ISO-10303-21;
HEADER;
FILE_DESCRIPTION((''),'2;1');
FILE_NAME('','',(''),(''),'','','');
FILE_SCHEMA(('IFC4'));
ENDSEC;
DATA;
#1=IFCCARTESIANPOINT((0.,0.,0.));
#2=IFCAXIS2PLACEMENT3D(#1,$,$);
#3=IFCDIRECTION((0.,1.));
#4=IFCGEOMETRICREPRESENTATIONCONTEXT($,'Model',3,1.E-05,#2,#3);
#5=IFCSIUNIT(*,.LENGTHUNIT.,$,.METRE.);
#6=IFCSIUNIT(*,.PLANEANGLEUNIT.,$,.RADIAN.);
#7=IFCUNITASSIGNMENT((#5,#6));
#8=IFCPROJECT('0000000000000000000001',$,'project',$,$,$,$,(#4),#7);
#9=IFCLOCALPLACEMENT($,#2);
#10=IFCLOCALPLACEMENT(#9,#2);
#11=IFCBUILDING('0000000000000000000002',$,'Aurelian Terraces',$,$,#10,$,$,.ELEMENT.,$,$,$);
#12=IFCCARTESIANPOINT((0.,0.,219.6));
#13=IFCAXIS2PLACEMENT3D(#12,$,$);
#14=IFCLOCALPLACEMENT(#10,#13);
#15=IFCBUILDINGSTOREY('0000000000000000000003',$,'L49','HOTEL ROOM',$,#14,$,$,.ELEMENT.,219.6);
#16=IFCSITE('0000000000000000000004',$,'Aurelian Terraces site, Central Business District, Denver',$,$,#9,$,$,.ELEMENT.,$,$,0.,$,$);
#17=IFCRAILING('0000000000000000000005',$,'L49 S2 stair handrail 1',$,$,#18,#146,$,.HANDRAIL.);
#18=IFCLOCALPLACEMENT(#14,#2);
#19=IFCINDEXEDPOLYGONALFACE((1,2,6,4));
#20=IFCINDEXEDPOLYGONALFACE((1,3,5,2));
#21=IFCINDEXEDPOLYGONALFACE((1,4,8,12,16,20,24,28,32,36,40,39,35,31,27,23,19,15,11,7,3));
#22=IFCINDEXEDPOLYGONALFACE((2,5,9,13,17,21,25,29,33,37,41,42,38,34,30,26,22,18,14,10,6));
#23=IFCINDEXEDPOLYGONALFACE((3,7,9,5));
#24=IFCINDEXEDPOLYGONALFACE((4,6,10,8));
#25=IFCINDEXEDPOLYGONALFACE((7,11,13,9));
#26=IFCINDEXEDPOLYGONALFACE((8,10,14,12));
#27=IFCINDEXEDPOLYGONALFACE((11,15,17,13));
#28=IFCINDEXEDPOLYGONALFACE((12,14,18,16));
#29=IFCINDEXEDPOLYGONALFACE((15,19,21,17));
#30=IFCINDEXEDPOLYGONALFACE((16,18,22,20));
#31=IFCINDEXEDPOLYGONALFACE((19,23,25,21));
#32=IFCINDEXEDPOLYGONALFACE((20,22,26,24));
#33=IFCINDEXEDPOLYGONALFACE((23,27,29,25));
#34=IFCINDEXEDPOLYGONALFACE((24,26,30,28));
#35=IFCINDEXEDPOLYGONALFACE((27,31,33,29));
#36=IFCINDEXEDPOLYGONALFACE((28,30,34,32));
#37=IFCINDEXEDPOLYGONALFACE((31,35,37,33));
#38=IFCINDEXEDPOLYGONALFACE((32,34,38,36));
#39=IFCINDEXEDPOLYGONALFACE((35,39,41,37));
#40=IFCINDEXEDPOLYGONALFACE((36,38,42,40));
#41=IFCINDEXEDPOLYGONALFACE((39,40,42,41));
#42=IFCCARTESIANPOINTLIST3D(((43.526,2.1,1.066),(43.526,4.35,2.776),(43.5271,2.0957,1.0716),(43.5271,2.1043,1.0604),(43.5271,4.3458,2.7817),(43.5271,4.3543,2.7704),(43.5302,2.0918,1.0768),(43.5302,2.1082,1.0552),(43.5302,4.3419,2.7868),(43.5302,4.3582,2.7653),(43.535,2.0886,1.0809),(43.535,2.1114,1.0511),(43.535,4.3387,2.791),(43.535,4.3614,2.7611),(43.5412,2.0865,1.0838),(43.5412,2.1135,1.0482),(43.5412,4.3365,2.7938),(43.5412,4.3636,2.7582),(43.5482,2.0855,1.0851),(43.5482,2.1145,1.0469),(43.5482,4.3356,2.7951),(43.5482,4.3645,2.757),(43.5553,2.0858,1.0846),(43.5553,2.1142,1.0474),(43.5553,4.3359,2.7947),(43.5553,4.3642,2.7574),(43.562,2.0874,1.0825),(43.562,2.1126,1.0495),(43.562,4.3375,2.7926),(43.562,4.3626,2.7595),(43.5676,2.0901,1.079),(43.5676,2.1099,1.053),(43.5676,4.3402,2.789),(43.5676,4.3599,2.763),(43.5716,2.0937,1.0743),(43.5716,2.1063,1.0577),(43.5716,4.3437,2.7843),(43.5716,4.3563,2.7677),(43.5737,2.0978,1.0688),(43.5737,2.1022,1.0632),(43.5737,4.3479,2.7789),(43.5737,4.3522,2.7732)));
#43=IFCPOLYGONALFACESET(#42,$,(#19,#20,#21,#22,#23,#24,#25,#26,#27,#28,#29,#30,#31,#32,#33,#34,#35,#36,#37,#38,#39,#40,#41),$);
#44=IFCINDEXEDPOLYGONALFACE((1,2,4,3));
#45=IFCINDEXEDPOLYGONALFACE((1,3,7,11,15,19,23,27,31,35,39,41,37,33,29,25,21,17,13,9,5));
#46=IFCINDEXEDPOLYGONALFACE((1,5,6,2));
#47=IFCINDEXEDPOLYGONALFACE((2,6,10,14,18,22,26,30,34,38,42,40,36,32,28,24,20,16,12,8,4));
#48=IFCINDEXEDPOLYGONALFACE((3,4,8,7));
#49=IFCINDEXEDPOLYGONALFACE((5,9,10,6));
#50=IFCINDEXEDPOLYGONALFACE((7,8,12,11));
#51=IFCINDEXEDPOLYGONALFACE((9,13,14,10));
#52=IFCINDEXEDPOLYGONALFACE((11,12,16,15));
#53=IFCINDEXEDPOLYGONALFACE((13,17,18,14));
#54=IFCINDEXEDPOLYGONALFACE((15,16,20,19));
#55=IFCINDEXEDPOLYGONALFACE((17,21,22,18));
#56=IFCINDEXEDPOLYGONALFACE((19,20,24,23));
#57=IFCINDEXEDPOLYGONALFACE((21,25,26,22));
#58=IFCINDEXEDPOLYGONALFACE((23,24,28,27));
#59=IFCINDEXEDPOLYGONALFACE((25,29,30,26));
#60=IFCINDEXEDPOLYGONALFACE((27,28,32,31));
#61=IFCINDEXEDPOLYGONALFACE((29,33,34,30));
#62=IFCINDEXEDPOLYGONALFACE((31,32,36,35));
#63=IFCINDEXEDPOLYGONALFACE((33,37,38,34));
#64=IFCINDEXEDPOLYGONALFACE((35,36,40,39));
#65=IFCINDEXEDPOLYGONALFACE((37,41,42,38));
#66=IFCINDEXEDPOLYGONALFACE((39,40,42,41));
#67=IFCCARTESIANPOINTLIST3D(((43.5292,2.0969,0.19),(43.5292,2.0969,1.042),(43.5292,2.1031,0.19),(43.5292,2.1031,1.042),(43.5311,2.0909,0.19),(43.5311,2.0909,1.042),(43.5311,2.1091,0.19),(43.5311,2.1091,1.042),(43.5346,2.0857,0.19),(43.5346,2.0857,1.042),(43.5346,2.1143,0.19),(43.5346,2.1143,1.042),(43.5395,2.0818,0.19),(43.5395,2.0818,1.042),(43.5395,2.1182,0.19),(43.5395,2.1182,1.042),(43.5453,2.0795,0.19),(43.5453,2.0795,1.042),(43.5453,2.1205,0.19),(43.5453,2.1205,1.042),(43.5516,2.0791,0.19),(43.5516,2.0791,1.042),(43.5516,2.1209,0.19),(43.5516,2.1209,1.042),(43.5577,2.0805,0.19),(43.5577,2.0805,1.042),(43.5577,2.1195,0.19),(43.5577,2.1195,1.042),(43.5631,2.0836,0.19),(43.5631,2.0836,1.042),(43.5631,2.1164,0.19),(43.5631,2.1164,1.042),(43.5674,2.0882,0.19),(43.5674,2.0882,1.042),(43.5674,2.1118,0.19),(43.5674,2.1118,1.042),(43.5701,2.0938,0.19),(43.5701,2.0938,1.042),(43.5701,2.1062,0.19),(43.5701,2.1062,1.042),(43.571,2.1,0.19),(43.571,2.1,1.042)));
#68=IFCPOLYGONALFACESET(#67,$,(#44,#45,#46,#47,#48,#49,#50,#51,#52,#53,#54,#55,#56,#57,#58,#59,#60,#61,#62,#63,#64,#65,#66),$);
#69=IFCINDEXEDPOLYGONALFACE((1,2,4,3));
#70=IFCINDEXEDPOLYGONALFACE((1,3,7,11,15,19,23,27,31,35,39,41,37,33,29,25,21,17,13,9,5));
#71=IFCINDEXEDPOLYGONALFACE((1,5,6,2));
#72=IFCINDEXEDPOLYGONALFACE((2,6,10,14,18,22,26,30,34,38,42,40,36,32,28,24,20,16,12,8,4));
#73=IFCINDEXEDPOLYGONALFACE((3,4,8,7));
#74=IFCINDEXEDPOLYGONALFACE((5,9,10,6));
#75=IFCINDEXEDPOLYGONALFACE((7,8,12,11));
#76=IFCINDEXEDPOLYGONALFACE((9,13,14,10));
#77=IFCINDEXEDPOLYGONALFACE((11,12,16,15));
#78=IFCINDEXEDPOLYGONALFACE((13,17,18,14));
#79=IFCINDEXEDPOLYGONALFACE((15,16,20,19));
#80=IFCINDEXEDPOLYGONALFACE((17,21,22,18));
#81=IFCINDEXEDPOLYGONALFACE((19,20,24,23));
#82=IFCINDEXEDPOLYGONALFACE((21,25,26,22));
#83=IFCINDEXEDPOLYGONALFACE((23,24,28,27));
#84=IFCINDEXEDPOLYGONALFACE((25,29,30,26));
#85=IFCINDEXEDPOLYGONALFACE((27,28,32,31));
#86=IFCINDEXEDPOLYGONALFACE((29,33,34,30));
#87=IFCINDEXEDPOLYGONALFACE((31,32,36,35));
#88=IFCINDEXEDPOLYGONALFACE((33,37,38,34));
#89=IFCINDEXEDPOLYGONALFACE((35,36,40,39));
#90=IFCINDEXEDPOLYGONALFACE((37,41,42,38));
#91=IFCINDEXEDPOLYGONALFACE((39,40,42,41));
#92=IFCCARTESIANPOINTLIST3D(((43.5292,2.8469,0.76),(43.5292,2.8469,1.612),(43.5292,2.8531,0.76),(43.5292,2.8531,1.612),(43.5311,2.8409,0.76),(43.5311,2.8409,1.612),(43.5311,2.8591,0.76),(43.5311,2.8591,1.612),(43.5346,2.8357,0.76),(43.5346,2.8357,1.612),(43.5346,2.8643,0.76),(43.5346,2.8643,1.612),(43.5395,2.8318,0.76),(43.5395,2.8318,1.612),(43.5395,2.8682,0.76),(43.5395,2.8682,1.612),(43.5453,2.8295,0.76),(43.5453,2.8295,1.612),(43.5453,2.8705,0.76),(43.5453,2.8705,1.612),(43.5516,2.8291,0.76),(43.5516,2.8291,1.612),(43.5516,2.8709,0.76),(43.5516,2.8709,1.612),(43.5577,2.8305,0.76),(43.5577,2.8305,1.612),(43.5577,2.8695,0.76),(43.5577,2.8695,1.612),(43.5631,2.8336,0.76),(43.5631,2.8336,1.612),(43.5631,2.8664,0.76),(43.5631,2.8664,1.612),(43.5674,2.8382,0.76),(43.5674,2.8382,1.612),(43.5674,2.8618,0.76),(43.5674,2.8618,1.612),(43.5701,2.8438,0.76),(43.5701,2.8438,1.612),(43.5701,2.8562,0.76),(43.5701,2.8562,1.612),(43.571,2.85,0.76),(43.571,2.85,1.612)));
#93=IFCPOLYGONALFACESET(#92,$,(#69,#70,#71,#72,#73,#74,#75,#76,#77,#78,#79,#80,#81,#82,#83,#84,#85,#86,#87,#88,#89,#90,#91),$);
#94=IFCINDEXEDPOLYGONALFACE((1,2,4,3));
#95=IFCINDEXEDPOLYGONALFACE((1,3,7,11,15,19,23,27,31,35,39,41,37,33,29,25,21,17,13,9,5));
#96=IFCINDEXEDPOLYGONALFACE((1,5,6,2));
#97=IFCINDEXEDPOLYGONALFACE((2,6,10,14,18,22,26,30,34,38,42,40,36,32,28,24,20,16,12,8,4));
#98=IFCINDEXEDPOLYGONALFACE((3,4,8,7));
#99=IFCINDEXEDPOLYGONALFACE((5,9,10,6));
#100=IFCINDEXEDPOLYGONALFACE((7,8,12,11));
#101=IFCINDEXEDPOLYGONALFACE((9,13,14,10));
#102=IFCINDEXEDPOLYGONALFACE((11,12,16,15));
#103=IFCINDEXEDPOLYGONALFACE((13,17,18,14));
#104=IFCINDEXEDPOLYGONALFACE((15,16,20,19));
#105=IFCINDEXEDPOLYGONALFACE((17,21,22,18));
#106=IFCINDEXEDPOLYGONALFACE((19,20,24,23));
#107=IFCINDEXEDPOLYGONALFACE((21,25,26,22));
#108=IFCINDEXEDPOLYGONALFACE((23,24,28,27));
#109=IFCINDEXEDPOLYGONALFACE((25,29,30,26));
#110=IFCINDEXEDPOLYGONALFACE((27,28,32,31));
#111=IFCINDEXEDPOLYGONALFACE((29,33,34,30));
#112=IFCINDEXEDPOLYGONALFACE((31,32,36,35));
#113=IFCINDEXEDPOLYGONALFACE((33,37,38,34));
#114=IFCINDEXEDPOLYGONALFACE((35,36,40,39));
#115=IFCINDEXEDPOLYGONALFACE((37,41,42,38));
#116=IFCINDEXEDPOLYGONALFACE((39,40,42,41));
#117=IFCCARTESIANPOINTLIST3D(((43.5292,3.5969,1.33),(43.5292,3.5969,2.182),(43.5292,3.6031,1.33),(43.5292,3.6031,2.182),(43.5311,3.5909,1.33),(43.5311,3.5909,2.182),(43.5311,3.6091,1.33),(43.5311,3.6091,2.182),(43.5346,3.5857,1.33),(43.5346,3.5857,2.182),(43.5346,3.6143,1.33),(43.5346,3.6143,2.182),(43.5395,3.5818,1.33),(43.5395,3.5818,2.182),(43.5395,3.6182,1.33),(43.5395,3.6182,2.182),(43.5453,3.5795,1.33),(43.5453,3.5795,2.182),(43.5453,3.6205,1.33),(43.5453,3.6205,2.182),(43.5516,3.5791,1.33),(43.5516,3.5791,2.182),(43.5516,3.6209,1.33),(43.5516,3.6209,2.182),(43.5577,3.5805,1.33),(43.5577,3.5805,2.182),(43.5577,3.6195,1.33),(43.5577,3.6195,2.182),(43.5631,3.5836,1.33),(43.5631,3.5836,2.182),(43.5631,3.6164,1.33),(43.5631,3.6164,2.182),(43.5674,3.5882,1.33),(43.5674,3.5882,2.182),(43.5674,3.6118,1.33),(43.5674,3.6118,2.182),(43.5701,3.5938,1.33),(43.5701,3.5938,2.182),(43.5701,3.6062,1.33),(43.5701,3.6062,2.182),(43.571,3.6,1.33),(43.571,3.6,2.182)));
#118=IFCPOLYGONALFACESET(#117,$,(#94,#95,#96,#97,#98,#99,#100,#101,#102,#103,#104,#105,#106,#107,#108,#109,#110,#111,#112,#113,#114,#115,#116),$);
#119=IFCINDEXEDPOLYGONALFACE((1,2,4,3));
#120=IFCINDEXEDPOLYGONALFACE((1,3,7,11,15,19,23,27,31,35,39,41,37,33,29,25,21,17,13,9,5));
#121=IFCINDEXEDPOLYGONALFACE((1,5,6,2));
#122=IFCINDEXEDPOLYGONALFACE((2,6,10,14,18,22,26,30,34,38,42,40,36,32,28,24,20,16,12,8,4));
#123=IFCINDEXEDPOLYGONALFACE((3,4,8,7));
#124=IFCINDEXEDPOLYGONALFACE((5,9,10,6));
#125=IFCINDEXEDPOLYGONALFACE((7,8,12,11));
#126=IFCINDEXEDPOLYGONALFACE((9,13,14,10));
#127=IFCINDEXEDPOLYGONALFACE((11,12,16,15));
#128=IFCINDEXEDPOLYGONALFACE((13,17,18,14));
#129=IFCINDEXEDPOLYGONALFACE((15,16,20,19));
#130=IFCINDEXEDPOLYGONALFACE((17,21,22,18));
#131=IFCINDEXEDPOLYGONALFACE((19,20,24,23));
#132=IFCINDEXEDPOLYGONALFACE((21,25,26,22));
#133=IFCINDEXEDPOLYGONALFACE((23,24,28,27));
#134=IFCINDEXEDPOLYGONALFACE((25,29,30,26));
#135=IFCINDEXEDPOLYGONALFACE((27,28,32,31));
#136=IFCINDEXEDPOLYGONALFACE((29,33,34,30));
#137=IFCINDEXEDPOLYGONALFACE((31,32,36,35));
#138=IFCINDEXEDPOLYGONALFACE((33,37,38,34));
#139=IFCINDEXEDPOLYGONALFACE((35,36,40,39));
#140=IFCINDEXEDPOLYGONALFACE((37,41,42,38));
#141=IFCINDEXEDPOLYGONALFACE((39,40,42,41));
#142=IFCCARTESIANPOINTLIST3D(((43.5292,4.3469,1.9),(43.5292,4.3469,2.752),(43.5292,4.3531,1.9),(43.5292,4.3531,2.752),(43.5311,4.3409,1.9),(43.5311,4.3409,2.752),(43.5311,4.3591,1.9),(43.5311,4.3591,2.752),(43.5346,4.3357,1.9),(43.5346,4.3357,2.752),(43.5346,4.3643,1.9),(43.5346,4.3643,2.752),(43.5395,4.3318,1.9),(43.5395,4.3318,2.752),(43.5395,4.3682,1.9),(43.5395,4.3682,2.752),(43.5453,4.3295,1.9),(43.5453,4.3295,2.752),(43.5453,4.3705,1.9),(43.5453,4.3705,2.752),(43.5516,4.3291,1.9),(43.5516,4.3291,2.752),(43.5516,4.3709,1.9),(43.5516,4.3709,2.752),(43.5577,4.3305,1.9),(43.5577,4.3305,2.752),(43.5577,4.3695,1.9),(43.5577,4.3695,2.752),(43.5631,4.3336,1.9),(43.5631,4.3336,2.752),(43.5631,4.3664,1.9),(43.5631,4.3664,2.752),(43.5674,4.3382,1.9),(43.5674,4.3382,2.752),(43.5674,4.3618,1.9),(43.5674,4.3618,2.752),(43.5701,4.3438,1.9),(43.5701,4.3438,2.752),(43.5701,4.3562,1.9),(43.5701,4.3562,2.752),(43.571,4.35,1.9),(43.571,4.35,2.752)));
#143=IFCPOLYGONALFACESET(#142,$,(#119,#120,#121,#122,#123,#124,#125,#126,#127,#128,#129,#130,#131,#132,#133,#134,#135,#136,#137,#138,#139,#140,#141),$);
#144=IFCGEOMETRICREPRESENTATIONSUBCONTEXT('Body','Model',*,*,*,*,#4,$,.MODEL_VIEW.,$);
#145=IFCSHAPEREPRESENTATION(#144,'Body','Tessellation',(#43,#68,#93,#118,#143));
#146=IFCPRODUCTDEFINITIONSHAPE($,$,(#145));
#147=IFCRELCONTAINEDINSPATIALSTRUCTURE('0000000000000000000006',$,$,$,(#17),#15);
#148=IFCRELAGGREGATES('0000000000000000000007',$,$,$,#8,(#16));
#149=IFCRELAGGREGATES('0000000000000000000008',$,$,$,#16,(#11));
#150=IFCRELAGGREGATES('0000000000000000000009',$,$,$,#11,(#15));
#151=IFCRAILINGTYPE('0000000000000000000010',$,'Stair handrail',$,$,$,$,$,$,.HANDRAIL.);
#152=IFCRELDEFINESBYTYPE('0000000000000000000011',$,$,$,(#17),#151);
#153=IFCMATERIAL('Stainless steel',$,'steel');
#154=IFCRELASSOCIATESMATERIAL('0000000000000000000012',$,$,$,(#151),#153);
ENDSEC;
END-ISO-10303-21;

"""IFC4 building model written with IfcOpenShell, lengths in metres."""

from ifc_helpers import new_model, si_unit, direction, frame, origin, origin_2d, place, context, subcontext, project, spatial, circle, extrude, source, transform, mapped, material, type_object, element, save


model = new_model("IFC4")

# Units and contexts
model_context = context("Model", 3, precision=1e-05, world=origin(), true_north=direction((0.0, 1.0)))
body_context = subcontext(model_context, "Body", "Model", "MODEL_VIEW")
ifc_project = project(units=[si_unit("LENGTHUNIT", "METRE"), si_unit("PLANEANGLEUNIT", "RADIAN")], contexts=[model_context])

# Site, building, storey
site_placement = place(None, origin())
site = spatial("IfcSite", under=ifc_project, at=site_placement, Name="Aurelian Terraces site, Central Business District, Denver", CompositionType="ELEMENT", RefElevation=0.0)
building_placement = place(site_placement, origin())
building = spatial("IfcBuilding", under=site, at=building_placement, Name="Aurelian Terraces", CompositionType="ELEMENT")
storey_placement = place(building_placement, frame((0.0, 0.0, 219.6)))
storey = spatial("IfcBuildingStorey", under=building, at=storey_placement, Name="L49", Description="HOTEL ROOM", CompositionType="ELEMENT", Elevation=219.6)

# Railing
ifc_material_1 = material(Name="Stainless steel", Category="steel")
railing_type_1 = type_object("IfcRailingType", Name="Stair handrail", PredefinedType="HANDRAIL", material=ifc_material_1)
shared_shape_1 = source(origin(), body_context, "Body", "SweptSolid", [
    extrude(circle(Radius=0.024, at=origin_2d()), frame((0.0, 0.0, 0.876), z_axis=(0.0, 0.796162, 0.605083), x_axis=(-1.0, 0.0, 0.0)), (0.0, 0.0, 1.0), 2.8261),
    extrude(circle(Radius=0.021, at=origin_2d()), origin(), (0.0, 0.0, 1.0), 0.852),
    extrude(circle(Radius=0.021, at=origin_2d()), frame((0.0, 0.75, 0.57)), (0.0, 0.0, 1.0), 0.852),
    extrude(circle(Radius=0.021, at=origin_2d()), frame((0.0, 1.5, 1.14)), (0.0, 0.0, 1.0), 0.852),
    extrude(circle(Radius=0.021, at=origin_2d()), frame((0.0, 2.25, 1.71)), (0.0, 0.0, 1.0), 0.852),
])
railing_1_placement = place(storey_placement, frame((43.55, 2.1, 0.19)))
element("IfcRailing", 1, at=railing_1_placement, inside=storey, type_object=railing_type_1, Name="L49 S2 stair handrail 1", PredefinedType="HANDRAIL", context=body_context, shape_type="MappedRepresentation", body=[
    mapped(shared_shape_1, transform((0.0, 0.0, 0.0), scale=1.0)),
])

save(model, "model.ifc")
